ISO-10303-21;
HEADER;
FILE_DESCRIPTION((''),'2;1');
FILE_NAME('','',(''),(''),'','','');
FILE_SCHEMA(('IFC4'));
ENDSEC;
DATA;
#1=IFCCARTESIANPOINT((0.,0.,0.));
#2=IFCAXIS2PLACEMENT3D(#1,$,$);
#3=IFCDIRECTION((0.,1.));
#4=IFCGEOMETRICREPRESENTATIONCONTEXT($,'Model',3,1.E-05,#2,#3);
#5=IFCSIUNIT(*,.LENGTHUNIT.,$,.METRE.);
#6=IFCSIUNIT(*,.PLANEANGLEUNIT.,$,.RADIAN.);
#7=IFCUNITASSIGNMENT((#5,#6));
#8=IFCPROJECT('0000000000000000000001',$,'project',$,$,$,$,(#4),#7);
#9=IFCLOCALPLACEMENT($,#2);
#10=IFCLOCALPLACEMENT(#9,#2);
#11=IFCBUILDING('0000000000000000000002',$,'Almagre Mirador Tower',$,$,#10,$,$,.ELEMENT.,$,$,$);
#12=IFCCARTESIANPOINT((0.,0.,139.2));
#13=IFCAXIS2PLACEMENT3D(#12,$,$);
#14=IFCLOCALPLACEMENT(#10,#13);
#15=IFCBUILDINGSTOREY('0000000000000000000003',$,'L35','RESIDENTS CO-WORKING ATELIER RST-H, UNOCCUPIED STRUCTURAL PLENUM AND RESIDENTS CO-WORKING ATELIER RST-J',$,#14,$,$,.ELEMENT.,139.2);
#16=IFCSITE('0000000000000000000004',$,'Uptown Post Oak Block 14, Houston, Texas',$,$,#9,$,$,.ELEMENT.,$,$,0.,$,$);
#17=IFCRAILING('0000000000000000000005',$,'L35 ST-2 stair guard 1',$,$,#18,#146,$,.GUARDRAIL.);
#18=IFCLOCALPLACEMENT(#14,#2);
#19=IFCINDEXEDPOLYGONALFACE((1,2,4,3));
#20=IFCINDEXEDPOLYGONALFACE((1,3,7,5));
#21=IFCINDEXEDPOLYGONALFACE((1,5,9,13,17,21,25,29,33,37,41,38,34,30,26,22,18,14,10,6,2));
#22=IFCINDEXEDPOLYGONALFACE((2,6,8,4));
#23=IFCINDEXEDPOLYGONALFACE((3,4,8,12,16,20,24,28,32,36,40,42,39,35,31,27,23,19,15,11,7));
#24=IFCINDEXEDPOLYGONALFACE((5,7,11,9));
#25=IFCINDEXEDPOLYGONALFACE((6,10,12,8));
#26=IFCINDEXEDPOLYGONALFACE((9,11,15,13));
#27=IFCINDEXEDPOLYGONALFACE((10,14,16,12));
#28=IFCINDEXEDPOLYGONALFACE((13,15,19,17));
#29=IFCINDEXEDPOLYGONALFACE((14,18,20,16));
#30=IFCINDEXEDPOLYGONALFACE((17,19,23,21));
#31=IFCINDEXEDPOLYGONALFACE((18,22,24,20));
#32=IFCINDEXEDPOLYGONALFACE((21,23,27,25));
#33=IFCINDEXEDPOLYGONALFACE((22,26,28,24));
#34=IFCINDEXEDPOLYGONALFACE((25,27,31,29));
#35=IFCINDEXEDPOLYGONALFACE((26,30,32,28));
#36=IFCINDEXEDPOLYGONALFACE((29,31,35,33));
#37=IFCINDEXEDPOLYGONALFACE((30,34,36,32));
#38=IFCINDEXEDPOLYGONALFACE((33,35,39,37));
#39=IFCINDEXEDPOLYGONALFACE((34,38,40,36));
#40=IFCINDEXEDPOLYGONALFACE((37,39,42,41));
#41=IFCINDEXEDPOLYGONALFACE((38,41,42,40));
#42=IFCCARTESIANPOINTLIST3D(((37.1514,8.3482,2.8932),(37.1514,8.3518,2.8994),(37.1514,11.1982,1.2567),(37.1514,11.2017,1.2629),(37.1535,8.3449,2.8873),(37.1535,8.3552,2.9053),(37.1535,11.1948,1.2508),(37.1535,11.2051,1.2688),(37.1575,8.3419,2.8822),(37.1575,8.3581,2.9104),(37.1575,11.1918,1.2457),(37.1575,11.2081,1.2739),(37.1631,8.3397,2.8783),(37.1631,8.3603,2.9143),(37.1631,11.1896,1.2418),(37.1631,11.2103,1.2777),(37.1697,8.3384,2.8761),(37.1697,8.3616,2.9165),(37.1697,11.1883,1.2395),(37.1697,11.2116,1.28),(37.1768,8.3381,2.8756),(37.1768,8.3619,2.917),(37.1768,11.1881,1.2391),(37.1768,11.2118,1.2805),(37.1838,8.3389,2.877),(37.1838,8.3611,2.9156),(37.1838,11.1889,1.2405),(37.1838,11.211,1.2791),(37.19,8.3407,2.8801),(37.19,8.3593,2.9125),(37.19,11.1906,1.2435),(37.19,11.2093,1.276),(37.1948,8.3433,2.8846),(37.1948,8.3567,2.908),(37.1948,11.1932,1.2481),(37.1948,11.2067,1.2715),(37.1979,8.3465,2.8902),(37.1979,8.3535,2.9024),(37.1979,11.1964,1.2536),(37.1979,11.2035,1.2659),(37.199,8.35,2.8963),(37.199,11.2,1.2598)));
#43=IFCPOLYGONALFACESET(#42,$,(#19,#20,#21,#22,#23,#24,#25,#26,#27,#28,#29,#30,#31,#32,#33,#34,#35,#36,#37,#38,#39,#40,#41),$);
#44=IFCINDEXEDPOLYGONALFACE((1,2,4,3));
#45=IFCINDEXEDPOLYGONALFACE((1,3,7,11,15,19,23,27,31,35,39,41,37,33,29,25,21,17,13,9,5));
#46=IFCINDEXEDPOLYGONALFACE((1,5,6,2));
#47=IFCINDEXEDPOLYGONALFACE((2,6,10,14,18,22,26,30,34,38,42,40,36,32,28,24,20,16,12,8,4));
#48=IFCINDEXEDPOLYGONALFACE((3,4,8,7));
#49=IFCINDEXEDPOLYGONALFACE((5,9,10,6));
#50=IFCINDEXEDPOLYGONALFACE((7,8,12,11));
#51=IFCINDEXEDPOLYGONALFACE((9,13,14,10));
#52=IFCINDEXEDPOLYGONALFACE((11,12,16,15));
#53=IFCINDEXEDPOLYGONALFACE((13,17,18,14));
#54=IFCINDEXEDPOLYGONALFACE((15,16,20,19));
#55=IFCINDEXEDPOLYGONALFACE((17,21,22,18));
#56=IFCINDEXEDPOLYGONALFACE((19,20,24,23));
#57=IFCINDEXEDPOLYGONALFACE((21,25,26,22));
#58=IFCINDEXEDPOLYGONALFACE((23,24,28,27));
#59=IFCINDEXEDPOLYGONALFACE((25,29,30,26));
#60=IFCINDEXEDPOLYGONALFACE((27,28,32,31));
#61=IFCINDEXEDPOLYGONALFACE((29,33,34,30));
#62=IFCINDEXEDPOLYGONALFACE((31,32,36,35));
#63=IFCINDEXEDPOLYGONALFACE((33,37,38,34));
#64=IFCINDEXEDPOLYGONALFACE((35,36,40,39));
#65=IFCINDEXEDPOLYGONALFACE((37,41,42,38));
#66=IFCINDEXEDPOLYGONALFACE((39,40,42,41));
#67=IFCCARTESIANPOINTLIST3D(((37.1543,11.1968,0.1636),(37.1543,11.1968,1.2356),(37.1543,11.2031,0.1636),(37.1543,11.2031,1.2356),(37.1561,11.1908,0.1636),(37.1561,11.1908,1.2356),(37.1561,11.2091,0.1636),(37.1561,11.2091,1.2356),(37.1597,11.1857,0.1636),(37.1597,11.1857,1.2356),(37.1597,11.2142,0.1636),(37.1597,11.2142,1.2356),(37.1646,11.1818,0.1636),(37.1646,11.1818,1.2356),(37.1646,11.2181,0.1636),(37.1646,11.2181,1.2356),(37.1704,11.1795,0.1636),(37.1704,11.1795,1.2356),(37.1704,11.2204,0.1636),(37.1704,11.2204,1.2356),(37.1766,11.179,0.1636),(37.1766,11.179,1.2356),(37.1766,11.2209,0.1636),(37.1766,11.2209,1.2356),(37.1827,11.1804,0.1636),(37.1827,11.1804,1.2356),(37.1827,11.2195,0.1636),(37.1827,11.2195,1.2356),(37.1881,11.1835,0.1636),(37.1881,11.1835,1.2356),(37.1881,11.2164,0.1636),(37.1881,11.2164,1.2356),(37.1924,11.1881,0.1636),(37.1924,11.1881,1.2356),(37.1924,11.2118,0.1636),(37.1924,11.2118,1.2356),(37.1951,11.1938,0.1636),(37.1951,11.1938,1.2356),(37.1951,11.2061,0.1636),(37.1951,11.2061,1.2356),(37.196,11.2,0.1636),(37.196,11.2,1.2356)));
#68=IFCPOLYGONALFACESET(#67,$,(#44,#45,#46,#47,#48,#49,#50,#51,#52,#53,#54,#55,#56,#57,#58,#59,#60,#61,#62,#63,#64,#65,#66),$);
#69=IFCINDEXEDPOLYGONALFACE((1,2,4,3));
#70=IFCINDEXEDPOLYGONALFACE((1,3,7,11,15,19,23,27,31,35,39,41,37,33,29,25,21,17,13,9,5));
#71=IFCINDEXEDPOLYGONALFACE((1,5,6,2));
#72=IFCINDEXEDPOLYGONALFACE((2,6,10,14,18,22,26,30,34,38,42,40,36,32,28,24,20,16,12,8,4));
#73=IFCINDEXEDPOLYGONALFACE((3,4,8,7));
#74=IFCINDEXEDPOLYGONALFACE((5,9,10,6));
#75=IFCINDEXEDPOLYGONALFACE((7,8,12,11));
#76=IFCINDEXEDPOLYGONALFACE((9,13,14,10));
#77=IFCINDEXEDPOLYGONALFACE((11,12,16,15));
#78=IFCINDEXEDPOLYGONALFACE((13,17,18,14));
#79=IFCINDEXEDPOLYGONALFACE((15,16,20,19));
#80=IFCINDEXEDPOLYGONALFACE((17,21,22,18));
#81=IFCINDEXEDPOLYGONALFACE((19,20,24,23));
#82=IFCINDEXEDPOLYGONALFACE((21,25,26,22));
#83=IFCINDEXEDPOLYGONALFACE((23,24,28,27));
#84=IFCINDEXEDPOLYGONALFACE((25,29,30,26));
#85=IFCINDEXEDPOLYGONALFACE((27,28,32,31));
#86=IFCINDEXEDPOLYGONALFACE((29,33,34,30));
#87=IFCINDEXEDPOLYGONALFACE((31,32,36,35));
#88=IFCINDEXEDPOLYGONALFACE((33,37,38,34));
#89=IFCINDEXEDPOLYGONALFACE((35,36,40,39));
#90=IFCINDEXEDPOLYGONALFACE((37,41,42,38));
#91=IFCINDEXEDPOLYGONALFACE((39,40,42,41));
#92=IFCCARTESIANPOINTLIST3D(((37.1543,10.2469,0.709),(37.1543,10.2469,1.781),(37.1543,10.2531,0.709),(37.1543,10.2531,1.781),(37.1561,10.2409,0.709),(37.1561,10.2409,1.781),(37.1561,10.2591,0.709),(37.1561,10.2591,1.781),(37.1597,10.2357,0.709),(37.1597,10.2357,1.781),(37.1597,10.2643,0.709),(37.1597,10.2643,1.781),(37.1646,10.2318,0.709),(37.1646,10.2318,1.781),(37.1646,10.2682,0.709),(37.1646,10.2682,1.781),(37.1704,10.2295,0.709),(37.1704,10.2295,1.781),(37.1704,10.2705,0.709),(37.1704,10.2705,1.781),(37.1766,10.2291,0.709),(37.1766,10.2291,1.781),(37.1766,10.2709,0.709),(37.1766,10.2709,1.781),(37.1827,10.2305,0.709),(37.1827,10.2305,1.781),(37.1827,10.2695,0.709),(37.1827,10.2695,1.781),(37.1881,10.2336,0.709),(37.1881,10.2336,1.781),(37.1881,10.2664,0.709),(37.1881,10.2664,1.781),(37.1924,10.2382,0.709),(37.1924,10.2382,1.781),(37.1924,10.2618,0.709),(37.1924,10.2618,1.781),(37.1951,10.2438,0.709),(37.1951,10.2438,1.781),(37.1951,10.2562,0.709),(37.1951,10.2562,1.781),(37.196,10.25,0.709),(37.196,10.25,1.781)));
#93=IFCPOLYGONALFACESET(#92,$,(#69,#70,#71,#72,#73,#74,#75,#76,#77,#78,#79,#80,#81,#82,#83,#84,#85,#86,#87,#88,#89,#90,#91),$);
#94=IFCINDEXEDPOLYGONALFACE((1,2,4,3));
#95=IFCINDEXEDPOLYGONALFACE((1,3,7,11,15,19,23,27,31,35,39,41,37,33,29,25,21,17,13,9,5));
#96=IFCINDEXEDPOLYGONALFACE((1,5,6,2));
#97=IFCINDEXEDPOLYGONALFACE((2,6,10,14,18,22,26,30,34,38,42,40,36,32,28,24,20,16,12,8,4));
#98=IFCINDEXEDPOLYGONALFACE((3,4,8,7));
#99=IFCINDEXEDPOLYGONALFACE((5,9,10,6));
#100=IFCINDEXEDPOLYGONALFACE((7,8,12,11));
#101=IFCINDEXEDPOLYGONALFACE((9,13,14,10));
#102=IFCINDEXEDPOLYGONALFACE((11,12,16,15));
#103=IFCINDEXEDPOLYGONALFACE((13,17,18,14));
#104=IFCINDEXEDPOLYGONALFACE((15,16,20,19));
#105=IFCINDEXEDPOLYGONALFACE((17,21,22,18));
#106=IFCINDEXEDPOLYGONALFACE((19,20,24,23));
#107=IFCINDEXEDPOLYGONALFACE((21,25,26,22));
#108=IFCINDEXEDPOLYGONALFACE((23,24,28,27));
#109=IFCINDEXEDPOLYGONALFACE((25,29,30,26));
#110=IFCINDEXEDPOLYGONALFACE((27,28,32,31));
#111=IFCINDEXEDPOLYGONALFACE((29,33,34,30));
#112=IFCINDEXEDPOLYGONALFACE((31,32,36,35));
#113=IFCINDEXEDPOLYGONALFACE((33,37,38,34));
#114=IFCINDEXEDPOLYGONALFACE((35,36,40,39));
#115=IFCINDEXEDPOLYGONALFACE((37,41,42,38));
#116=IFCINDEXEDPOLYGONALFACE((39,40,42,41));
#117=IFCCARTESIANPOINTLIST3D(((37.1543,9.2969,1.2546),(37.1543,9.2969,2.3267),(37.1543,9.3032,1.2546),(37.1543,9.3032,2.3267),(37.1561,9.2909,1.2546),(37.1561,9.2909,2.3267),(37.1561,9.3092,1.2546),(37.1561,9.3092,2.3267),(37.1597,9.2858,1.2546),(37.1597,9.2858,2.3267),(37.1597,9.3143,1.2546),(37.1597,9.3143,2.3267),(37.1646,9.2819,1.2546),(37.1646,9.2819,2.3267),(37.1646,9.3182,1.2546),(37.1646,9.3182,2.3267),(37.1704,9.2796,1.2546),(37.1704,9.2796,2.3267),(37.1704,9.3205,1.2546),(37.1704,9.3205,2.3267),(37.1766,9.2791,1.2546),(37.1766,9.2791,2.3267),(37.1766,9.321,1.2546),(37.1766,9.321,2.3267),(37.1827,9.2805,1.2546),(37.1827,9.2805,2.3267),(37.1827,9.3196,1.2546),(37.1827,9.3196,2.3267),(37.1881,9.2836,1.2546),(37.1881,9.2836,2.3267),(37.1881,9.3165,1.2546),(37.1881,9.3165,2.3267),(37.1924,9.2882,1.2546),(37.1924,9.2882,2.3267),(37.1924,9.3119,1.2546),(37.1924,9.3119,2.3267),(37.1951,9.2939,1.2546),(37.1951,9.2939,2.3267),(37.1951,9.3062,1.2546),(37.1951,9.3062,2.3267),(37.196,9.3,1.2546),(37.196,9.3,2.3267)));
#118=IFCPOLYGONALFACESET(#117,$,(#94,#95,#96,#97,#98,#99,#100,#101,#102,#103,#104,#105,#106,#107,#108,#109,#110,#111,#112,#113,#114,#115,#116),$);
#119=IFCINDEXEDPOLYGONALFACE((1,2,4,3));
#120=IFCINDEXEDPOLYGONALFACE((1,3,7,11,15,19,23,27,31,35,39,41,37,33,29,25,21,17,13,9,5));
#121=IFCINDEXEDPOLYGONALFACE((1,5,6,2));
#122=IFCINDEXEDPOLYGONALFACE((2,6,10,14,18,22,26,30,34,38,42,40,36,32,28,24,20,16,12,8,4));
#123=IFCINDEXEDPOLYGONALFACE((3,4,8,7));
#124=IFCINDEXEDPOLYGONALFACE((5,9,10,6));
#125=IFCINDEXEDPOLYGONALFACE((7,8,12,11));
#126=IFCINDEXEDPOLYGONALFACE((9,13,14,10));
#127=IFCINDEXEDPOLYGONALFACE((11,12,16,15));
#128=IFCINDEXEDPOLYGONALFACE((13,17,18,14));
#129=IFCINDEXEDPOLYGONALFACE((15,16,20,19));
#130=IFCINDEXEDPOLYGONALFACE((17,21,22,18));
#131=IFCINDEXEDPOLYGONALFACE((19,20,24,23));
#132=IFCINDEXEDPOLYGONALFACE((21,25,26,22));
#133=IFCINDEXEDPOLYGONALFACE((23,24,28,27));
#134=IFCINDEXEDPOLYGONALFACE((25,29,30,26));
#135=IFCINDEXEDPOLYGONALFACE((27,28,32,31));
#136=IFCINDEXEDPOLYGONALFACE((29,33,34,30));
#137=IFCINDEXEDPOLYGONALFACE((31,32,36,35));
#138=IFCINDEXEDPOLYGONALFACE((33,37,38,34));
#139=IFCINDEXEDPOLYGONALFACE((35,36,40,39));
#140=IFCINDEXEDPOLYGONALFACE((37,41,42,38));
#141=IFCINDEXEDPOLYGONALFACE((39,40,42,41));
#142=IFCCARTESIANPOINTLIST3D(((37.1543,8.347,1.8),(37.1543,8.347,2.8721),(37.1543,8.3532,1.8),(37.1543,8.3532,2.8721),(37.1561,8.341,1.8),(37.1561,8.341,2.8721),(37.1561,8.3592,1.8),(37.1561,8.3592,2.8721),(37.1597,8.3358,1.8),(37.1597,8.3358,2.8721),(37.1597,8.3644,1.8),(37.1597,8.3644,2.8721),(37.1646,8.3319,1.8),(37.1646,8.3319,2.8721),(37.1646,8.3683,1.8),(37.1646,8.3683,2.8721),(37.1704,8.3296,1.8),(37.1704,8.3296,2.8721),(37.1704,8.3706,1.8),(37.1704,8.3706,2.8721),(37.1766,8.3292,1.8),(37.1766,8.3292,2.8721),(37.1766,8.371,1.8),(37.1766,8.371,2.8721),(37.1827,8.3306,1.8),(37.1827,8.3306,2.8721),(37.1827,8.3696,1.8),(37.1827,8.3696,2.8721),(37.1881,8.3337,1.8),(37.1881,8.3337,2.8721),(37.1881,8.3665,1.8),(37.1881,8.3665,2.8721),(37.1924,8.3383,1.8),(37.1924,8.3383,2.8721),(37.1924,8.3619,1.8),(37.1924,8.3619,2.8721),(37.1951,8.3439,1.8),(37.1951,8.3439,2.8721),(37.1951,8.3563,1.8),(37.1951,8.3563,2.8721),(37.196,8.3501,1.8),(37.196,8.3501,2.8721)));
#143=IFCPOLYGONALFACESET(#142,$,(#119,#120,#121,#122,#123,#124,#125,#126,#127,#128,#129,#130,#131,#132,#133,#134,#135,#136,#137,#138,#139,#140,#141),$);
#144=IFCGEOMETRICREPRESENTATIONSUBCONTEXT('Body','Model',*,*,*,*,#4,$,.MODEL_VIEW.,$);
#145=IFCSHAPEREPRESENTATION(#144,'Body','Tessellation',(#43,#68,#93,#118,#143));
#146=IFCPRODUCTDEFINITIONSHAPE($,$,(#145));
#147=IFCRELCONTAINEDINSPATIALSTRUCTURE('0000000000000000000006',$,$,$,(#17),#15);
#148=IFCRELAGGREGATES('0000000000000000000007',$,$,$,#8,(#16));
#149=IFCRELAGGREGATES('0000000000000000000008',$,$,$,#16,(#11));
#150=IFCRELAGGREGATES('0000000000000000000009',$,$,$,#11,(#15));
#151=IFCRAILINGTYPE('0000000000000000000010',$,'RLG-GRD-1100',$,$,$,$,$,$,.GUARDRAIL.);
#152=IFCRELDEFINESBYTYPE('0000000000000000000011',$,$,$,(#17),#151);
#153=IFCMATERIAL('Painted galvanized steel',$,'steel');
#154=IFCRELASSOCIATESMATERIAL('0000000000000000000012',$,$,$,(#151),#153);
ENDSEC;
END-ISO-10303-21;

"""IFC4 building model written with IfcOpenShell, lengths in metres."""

from ifc_helpers import new_model, si_unit, direction, frame, origin, origin_2d, place, context, subcontext, project, spatial, circle, extrude, material, type_object, element, save


model = new_model("IFC4")

# Units and contexts
model_context = context("Model", 3, precision=1e-05, world=origin(), true_north=direction((0.0, 1.0)))
body_context = subcontext(model_context, "Body", "Model", "MODEL_VIEW")
ifc_project = project(units=[si_unit("LENGTHUNIT", "METRE"), si_unit("PLANEANGLEUNIT", "RADIAN")], contexts=[model_context])

# Site, building, storey
site_placement = place(None, origin())
site = spatial("IfcSite", under=ifc_project, at=site_placement, Name="Uptown Post Oak Block 14, Houston, Texas", CompositionType="ELEMENT", RefElevation=0.0)
building_placement = place(site_placement, origin())
building = spatial("IfcBuilding", under=site, at=building_placement, Name="Almagre Mirador Tower", CompositionType="ELEMENT")
storey_placement = place(building_placement, frame((0.0, 0.0, 139.2)))
storey = spatial("IfcBuildingStorey", under=building, at=storey_placement, Name="L35", Description="RESIDENTS CO-WORKING ATELIER RST-H, UNOCCUPIED STRUCTURAL PLENUM AND RESIDENTS CO-WORKING ATELIER RST-J", CompositionType="ELEMENT", Elevation=139.2)

# Railing
ifc_material_1 = material(Name="Painted galvanized steel", Category="steel")
railing_type_1 = type_object("IfcRailingType", Name="RLG-GRD-1100", PredefinedType="GUARDRAIL", material=ifc_material_1)
railing_1_placement = place(storey_placement, frame((37.175, 11.2, 0.1636)))
element("IfcRailing", 1, at=railing_1_placement, inside=storey, type_object=railing_type_1, Name="L35 ST-2 stair guard 1", PredefinedType="GUARDRAIL", context=body_context, shape_type="SweptSolid", body=[
    extrude(circle(Radius=0.0239, at=origin_2d()), frame((0.0, 0.0, 1.0962), z_axis=(0.0, -0.867194, 0.49797), x_axis=(1.0, 0.0, 0.0)), (0.0, 0.0, 1.0), 3.2864),
    extrude(circle(Radius=0.021, at=origin_2d()), origin(), (0.0, 0.0, 1.0), 1.072),
    extrude(circle(Radius=0.021, at=origin_2d()), frame((0.0, -0.95, 0.5454)), (0.0, 0.0, 1.0), 1.072),
    extrude(circle(Radius=0.021, at=origin_2d()), frame((0.0, -1.8999, 1.0911)), (0.0, 0.0, 1.0), 1.072),
    extrude(circle(Radius=0.021, at=origin_2d()), frame((0.0, -2.8499, 1.6365)), (0.0, 0.0, 1.0), 1.072),
])

save(model, "model.ifc")
